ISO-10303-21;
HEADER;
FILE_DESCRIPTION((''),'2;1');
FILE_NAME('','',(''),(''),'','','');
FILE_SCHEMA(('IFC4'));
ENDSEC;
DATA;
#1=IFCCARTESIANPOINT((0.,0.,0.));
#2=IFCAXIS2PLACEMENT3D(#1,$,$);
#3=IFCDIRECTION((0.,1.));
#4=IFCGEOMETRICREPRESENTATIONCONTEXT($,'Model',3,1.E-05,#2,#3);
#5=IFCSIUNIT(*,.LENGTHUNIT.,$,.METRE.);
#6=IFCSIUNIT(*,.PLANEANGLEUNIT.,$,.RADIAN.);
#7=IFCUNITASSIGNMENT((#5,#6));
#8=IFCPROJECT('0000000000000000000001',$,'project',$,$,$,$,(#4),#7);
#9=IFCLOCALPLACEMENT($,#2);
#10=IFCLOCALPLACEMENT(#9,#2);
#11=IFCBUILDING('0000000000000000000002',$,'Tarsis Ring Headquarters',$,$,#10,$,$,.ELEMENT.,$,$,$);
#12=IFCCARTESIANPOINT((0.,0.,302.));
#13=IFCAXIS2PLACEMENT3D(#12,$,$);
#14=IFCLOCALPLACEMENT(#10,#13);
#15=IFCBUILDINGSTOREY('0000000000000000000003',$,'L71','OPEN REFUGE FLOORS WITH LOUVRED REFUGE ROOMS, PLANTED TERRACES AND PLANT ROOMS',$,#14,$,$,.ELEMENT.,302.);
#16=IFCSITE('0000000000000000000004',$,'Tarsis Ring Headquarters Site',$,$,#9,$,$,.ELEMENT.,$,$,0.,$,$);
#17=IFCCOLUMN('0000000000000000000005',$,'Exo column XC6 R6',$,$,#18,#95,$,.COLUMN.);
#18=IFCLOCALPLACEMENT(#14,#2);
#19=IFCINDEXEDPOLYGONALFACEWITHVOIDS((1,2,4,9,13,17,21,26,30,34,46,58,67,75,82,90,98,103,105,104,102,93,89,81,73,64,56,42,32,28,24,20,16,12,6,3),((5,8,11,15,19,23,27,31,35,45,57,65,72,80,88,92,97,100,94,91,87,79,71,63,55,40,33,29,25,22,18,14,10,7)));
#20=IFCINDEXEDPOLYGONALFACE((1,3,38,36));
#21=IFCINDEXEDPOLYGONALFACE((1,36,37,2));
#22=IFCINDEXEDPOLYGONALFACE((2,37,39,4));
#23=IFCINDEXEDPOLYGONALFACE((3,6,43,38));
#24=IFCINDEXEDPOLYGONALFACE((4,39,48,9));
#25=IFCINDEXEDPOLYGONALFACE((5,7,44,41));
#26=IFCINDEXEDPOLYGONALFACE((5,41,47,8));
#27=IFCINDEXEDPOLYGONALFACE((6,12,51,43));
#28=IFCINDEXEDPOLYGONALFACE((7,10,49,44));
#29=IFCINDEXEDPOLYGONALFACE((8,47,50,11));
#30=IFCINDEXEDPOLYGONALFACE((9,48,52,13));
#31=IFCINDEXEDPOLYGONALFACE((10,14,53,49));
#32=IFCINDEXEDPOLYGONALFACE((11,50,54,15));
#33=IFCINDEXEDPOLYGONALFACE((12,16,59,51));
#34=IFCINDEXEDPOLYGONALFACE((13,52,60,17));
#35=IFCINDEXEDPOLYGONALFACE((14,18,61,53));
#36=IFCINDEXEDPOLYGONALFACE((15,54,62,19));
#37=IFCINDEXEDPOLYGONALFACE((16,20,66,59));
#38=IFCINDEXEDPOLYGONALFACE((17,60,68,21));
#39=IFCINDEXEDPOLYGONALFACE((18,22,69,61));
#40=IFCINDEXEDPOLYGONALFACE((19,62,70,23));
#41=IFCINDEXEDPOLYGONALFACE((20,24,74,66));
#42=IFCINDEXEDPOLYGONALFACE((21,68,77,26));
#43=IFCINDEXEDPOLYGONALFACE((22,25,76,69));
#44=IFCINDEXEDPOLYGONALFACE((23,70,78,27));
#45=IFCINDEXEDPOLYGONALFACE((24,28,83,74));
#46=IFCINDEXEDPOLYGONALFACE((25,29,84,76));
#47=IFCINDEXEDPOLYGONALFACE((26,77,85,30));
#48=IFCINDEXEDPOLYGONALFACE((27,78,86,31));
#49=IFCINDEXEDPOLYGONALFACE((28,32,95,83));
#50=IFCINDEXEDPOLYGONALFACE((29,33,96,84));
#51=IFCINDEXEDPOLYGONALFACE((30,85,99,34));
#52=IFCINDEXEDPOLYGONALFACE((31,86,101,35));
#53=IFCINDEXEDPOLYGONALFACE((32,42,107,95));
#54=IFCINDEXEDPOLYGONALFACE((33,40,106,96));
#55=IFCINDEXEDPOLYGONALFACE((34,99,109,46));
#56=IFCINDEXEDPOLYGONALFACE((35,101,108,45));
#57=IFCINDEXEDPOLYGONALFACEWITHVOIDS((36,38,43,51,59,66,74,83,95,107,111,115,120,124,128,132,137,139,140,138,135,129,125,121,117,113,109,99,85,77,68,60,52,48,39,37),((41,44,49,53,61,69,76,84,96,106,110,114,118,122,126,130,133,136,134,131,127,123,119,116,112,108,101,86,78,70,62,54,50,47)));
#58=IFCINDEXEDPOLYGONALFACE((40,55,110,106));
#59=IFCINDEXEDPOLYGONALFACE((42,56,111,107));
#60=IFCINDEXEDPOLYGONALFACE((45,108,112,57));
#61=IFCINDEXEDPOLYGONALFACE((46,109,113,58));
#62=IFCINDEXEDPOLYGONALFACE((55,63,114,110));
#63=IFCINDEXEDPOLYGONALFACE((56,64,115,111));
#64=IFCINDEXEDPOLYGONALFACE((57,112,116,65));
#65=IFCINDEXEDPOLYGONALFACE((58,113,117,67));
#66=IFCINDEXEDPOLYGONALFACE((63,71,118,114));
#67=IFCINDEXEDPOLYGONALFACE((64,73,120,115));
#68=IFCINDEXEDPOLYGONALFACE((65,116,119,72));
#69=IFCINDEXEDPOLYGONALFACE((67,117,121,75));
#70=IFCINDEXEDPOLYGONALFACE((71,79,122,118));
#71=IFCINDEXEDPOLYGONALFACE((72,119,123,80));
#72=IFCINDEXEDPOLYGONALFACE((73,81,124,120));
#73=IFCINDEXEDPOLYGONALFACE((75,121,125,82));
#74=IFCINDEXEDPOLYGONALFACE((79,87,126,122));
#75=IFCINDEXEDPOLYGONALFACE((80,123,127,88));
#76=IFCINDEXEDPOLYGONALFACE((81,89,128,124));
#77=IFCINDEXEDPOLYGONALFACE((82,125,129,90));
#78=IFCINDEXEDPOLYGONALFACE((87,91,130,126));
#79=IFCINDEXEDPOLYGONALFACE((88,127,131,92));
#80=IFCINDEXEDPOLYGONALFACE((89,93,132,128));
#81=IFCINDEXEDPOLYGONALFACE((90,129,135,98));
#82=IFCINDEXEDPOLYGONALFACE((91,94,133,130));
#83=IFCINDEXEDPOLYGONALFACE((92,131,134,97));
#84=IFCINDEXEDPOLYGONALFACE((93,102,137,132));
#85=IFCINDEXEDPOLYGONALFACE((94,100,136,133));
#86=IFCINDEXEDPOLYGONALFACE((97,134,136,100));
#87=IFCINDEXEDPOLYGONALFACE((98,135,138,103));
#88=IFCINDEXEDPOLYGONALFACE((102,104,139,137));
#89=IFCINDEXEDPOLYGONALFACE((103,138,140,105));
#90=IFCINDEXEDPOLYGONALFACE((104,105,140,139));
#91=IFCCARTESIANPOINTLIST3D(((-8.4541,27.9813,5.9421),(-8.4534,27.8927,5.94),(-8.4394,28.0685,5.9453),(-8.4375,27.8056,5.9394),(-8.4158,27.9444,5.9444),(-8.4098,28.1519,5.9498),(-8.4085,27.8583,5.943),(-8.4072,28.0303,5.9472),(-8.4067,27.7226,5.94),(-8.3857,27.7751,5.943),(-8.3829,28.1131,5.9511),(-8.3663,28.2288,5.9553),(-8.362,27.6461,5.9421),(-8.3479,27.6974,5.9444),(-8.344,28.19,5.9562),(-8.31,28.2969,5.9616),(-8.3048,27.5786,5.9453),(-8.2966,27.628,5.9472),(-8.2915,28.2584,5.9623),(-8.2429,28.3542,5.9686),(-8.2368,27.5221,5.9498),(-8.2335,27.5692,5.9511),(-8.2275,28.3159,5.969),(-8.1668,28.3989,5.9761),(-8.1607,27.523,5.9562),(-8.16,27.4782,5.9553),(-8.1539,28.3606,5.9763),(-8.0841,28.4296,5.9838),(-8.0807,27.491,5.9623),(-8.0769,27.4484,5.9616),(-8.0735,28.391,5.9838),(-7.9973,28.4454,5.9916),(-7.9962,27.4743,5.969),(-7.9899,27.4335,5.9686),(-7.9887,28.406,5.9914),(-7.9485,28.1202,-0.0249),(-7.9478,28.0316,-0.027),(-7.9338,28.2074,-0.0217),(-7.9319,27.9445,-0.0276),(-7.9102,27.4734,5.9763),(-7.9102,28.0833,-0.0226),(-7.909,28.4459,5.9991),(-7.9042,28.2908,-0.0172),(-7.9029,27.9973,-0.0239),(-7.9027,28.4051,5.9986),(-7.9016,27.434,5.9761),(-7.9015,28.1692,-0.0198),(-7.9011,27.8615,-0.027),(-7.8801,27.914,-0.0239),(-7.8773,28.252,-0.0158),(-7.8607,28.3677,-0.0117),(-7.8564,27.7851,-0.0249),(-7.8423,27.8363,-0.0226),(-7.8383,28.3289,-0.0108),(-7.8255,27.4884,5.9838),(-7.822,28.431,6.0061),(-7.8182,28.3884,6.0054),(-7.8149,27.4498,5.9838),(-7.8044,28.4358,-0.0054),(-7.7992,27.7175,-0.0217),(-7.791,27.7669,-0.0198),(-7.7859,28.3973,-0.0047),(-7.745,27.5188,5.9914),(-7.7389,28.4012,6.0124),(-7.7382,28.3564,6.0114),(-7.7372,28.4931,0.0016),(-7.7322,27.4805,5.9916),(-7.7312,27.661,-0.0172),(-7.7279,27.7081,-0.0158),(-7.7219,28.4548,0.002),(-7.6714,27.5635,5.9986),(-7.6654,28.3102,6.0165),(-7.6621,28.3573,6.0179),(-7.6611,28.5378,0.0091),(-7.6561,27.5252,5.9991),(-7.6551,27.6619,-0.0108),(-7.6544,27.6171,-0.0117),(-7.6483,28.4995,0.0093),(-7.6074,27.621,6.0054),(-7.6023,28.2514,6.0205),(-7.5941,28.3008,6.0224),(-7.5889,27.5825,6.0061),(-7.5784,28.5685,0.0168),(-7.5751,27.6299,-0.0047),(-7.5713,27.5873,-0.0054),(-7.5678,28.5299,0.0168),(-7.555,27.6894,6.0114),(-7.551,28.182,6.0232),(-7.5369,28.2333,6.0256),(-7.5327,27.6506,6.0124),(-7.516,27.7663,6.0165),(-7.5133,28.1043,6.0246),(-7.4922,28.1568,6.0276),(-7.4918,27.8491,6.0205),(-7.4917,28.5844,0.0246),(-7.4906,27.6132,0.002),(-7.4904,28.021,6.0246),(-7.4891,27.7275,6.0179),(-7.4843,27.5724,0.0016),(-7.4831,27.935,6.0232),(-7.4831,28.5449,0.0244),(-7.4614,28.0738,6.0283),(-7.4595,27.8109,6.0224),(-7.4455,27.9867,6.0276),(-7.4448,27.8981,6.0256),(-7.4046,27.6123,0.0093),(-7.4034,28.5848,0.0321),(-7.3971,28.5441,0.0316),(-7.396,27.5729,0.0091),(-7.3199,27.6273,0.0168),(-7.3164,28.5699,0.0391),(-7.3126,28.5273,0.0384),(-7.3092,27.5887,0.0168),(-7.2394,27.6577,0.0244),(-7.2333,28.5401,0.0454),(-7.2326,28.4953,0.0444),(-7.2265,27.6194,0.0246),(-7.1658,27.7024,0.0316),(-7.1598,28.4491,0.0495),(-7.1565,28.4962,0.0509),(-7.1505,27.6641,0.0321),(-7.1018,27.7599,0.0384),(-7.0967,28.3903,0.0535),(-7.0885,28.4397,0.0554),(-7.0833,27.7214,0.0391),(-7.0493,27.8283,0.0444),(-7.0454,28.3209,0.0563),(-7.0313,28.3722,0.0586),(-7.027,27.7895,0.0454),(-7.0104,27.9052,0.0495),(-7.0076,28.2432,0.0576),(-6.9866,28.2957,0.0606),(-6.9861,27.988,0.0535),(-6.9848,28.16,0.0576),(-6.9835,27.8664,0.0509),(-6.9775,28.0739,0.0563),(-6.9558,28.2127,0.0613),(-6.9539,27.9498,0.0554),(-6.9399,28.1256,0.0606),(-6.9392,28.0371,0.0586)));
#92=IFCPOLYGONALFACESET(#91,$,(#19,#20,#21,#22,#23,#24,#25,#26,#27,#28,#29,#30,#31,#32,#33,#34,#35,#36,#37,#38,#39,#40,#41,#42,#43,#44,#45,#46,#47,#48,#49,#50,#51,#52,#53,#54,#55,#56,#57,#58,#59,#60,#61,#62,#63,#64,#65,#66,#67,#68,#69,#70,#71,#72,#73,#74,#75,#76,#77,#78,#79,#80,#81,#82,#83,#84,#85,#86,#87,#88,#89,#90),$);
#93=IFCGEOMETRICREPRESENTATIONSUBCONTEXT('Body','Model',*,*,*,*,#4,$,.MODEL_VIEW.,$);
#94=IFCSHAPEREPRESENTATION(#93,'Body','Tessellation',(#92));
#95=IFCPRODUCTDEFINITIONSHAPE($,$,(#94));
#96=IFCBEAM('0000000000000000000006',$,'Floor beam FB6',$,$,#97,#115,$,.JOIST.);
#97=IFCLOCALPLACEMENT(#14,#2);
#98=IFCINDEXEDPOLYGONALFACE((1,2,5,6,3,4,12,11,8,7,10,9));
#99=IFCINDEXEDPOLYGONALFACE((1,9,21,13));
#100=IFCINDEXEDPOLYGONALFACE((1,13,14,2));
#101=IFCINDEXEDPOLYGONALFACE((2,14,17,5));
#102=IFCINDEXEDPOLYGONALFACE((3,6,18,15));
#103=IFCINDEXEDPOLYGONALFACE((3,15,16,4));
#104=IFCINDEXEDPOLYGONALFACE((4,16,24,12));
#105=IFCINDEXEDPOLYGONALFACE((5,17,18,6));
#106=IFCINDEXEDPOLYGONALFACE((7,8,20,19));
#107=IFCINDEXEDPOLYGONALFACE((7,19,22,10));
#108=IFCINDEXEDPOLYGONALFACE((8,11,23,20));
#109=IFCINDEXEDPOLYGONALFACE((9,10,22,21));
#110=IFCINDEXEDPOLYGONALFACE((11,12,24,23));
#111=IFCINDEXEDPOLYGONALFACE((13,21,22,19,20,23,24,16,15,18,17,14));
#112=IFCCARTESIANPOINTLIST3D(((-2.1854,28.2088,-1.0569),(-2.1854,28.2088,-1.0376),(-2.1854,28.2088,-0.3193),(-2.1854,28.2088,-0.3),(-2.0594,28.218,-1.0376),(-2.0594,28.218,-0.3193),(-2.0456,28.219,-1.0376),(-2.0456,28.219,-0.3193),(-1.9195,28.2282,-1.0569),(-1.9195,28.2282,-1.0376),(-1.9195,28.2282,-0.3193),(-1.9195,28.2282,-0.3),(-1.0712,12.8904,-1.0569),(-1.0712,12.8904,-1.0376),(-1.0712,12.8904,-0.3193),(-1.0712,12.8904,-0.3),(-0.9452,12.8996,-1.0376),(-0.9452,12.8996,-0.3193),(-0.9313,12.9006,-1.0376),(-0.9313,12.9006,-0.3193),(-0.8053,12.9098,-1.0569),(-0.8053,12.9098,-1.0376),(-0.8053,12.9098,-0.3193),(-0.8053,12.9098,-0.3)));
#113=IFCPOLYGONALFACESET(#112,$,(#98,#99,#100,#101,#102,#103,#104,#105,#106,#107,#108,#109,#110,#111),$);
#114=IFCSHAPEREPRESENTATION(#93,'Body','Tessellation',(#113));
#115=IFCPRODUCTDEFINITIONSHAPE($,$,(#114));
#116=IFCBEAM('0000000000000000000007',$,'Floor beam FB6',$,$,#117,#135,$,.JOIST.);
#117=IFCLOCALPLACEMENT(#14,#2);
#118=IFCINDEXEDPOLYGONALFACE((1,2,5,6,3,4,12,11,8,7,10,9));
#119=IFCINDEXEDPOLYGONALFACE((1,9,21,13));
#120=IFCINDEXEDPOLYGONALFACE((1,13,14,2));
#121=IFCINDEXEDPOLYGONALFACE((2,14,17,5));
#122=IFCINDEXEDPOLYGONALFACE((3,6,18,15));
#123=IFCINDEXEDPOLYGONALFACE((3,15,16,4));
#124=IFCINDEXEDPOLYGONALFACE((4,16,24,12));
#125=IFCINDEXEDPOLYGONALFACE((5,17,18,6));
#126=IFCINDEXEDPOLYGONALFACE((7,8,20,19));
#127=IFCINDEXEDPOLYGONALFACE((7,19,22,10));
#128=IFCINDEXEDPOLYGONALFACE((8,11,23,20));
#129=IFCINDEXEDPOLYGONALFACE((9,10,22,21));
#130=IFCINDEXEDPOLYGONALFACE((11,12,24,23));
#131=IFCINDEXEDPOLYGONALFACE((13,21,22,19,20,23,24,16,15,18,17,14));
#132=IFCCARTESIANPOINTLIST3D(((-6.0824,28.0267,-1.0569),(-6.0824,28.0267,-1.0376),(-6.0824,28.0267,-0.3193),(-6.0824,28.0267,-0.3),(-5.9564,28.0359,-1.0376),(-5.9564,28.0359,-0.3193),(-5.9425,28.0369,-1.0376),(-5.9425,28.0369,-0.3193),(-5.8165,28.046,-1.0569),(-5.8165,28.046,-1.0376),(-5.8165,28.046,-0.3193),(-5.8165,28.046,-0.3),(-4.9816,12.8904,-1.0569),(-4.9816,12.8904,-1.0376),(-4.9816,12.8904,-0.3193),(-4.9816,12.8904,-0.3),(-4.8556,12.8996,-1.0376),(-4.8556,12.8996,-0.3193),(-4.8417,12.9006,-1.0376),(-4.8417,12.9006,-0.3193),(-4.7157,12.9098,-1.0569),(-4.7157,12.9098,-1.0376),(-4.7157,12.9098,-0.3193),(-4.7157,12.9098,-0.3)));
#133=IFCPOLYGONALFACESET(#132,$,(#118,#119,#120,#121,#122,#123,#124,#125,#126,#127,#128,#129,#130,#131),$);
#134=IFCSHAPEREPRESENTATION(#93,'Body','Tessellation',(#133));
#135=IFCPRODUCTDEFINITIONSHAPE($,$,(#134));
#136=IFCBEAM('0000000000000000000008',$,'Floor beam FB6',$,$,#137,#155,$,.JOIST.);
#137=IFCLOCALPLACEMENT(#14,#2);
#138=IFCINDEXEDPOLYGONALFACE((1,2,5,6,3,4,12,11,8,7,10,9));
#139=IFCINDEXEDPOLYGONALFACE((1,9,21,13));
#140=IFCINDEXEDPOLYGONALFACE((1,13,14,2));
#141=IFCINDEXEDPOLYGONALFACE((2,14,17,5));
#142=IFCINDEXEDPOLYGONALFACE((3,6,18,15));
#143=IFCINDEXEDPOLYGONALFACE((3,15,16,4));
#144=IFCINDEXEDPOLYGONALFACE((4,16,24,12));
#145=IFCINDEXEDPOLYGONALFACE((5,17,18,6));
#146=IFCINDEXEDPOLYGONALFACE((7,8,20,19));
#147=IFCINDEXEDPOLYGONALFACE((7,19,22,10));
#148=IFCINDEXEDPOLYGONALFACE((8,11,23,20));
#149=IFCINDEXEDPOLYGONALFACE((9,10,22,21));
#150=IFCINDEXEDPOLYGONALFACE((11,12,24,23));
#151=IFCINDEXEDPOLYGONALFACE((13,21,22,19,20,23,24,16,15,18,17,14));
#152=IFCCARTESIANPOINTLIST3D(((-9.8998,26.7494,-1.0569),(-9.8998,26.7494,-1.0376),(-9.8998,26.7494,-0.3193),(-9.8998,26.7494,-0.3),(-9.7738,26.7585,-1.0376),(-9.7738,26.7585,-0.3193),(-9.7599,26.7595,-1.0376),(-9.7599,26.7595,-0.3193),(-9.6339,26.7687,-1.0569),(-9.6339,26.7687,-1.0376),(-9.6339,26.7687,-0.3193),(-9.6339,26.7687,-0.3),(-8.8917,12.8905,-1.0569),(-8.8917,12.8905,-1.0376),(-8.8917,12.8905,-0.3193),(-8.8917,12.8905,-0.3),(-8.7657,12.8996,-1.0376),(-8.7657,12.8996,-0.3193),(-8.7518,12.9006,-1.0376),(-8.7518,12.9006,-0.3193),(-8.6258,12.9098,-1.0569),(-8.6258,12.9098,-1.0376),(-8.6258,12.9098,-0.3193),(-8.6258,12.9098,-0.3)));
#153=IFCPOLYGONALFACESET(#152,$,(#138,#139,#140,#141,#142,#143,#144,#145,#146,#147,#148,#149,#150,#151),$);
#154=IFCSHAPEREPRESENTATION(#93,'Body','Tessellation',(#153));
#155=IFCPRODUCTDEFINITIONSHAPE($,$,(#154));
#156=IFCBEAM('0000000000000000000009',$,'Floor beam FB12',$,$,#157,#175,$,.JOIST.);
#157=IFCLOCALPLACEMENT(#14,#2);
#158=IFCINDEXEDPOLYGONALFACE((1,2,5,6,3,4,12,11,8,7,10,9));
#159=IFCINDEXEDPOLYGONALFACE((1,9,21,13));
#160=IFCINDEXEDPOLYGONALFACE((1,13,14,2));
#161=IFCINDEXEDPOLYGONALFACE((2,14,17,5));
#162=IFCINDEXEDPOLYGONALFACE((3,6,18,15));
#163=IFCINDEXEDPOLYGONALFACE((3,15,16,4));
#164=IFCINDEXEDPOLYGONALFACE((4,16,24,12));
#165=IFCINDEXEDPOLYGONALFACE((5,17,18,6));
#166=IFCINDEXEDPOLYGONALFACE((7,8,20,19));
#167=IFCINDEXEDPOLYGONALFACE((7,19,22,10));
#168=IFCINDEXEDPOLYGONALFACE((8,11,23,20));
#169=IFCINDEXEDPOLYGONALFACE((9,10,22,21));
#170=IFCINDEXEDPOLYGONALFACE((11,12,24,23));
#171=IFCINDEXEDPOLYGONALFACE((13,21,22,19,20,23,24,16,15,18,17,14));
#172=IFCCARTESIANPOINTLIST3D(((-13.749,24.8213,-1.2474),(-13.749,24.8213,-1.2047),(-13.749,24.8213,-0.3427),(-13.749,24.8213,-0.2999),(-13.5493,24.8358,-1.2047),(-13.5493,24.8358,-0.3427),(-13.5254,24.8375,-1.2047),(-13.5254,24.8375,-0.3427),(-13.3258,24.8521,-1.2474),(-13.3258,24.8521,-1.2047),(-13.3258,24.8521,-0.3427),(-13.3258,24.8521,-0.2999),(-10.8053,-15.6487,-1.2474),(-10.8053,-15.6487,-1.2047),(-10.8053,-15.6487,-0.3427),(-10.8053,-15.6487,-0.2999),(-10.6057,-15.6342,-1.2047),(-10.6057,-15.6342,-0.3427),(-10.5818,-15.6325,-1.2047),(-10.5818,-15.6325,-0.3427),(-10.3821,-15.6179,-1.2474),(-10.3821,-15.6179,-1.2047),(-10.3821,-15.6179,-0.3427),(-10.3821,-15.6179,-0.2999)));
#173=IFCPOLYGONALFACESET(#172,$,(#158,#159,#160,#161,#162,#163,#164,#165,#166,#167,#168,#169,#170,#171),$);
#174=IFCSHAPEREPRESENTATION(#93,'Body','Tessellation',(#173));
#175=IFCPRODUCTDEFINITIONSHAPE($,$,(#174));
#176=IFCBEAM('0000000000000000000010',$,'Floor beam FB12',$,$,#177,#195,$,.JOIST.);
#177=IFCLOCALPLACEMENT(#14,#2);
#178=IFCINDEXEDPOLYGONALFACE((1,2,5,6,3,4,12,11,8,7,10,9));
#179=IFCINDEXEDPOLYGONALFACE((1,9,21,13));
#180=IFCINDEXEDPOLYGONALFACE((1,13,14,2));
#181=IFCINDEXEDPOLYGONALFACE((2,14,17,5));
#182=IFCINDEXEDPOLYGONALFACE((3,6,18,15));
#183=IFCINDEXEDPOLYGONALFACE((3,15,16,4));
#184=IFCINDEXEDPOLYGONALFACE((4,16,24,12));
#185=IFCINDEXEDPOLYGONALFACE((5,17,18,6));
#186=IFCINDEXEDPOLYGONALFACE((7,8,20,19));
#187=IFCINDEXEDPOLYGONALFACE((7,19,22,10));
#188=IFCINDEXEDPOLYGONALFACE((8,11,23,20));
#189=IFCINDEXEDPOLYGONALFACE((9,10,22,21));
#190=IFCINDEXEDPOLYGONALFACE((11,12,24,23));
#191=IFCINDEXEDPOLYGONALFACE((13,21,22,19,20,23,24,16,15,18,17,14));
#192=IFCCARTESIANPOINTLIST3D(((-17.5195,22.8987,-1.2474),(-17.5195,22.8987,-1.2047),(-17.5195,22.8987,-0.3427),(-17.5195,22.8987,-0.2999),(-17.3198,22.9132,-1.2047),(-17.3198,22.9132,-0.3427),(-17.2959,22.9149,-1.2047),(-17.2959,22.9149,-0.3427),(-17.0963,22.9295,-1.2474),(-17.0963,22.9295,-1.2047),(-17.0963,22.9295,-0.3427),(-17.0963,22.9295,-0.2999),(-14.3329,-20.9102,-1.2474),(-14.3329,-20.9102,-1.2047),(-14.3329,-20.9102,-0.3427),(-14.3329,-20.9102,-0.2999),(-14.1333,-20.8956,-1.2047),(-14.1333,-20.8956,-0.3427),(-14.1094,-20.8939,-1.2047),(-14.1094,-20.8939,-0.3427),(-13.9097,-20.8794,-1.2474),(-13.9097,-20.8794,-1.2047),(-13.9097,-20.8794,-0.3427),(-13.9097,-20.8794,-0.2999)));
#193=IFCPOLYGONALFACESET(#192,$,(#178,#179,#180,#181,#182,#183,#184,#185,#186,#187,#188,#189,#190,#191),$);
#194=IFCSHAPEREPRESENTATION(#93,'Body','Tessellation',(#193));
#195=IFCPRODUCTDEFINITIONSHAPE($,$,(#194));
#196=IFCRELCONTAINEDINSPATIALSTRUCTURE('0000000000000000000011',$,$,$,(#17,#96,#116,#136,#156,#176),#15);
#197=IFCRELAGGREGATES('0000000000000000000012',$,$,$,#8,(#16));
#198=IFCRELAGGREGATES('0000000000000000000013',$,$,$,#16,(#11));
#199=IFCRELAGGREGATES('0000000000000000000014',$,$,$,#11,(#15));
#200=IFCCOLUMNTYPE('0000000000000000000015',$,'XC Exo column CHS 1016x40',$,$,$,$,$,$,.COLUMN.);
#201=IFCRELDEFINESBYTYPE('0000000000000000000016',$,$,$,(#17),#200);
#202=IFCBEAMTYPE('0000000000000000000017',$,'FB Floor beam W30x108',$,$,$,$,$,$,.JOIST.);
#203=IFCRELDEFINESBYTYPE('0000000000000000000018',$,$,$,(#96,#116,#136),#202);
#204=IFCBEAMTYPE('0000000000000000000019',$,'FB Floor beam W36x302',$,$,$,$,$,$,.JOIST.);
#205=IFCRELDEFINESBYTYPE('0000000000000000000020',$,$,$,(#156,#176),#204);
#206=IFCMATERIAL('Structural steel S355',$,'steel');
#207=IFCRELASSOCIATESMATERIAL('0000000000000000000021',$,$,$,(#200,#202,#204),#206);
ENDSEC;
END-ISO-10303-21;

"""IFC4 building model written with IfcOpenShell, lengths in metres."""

from ifc_helpers import new_model, si_unit, direction, frame, origin, origin_2d, place, context, subcontext, project, spatial, hollow_circle, i_section, extrude, material, material_profile, profile_set, type_object, element, save


model = new_model("IFC4")

# Units and contexts
model_context = context("Model", 3, precision=1e-05, world=origin(), true_north=direction((0.0, 1.0)))
body_context = subcontext(model_context, "Body", "Model", "MODEL_VIEW")
ifc_project = project(units=[si_unit("LENGTHUNIT", "METRE"), si_unit("PLANEANGLEUNIT", "RADIAN")], contexts=[model_context])

# Site, building, storey
site_placement = place(None, origin())
site = spatial("IfcSite", under=ifc_project, at=site_placement, Name="Tarsis Ring Headquarters Site", CompositionType="ELEMENT", RefElevation=0.0)
building_placement = place(site_placement, origin())
building = spatial("IfcBuilding", under=site, at=building_placement, Name="Tarsis Ring Headquarters", CompositionType="ELEMENT")
storey_placement = place(building_placement, frame((0.0, 0.0, 302.0)))
storey = spatial("IfcBuildingStorey", under=building, at=storey_placement, Name="L71", Description="OPEN REFUGE FLOORS WITH LOUVRED REFUGE ROOMS, PLANTED TERRACES AND PLANT ROOMS", CompositionType="ELEMENT", Elevation=302.0)

# Column
ifc_material_1 = material(Name="Structural steel S355", Category="steel")
ifc_material_profile_1 = material_profile(ifc_material_1, hollow_circle(Radius=0.5081, WallThickness=0.04, at=origin_2d()), Name="CHS 1016x40")
ifc_profile_set_1 = profile_set([ifc_material_profile_1], Name="Structural steel S355")
column_type = type_object("IfcColumnType", Name="XC Exo column CHS 1016x40", PredefinedType="COLUMN", material=ifc_profile_set_1)
column_placement = place(storey_placement, frame((-7.4438, 28.0786, 0.0168), z_axis=(-0.084409, -0.023191, 0.996161), x_axis=(0.264929, -0.964268, 0.0)))
element("IfcColumn", 1, at=column_placement, inside=storey, type_object=column_type, Name="Exo column XC6 R6", PredefinedType="COLUMN", context=body_context, shape_type="SweptSolid", body=[
    extrude(hollow_circle(Radius=0.5081, WallThickness=0.04, at=origin_2d()), origin(), (0.0, 0.0, 1.0), 5.99),
])

# Beams
ifc_material_profile_2 = material_profile(ifc_material_1, i_section(OverallWidth=0.2666, OverallDepth=0.7568, WebThickness=0.0139, FlangeThickness=0.0193, at=origin_2d()), Name="W30x108")
ifc_profile_set_2 = profile_set([ifc_material_profile_2], Name="Structural steel S355")
beam_type_1 = type_object("IfcBeamType", Name="FB Floor beam W30x108", PredefinedType="JOIST", material=ifc_profile_set_2)
beam_1_placement = place(storey_placement, frame((-2.0525, 28.2185, -0.6785), z_axis=(0.072548, -0.997365, 0.0), x_axis=(0.997365, 0.072548, 0.0)))
element("IfcBeam", 2, at=beam_1_placement, inside=storey, type_object=beam_type_1, Name="Floor beam FB6", PredefinedType="JOIST", context=body_context, shape_type="SweptSolid", body=[
    extrude(i_section(OverallWidth=0.2666, OverallDepth=0.7568, WebThickness=0.0139, FlangeThickness=0.0193, at=origin_2d()), origin(), (0.0, 0.0, 1.0), 15.3589),
])
beam_2_placement = place(storey_placement, frame((-5.9495, 28.0364, -0.6785), z_axis=(0.072537, -0.997366, 0.0), x_axis=(0.997366, 0.072537, 0.0)))
element("IfcBeam", 3, at=beam_2_placement, inside=storey, type_object=beam_type_1, Name="Floor beam FB6", PredefinedType="JOIST", context=body_context, shape_type="SweptSolid", body=[
    extrude(i_section(OverallWidth=0.2666, OverallDepth=0.7568, WebThickness=0.0139, FlangeThickness=0.0193, at=origin_2d()), origin(), (0.0, 0.0, 1.0), 15.1763),
])
beam_3_placement = place(storey_placement, frame((-9.7668, 26.759, -0.6785), z_axis=(0.072546, -0.997365, 0.0), x_axis=(0.997365, 0.072546, 0.0)))
element("IfcBeam", 4, at=beam_3_placement, inside=storey, type_object=beam_type_1, Name="Floor beam FB6", PredefinedType="JOIST", context=body_context, shape_type="SweptSolid", body=[
    extrude(i_section(OverallWidth=0.2666, OverallDepth=0.7568, WebThickness=0.0139, FlangeThickness=0.0193, at=origin_2d()), origin(), (0.0, 0.0, 1.0), 13.8955),
])
ifc_material_profile_3 = material_profile(ifc_material_1, i_section(OverallWidth=0.4243, OverallDepth=0.9475, WebThickness=0.0239, FlangeThickness=0.0427, at=origin_2d()), Name="W36x302")
ifc_profile_set_3 = profile_set([ifc_material_profile_3], Name="Structural steel S355")
beam_type_2 = type_object("IfcBeamType", Name="FB Floor beam W36x302", PredefinedType="JOIST", material=ifc_profile_set_3)
beam_4_placement = place(storey_placement, frame((-13.5374, 24.8367, -0.7737), z_axis=(0.072544, -0.997365, 0.0), x_axis=(0.997365, 0.072544, 0.0)))
element("IfcBeam", 5, at=beam_4_placement, inside=storey, type_object=beam_type_2, Name="Floor beam FB12", PredefinedType="JOIST", context=body_context, shape_type="SweptSolid", body=[
    extrude(i_section(OverallWidth=0.4243, OverallDepth=0.9475, WebThickness=0.0239, FlangeThickness=0.0427, at=origin_2d()), origin(), (0.0, 0.0, 1.0), 40.5769),
])
beam_5_placement = place(storey_placement, frame((-17.3079, 22.9141, -0.7737), z_axis=(0.072545, -0.997365, 0.0), x_axis=(0.997365, 0.072545, 0.0)))
element("IfcBeam", 6, at=beam_5_placement, inside=storey, type_object=beam_type_2, Name="Floor beam FB12", PredefinedType="JOIST", context=body_context, shape_type="SweptSolid", body=[
    extrude(i_section(OverallWidth=0.4243, OverallDepth=0.9475, WebThickness=0.0239, FlangeThickness=0.0427, at=origin_2d()), origin(), (0.0, 0.0, 1.0), 43.9246),
])

save(model, "model.ifc")
